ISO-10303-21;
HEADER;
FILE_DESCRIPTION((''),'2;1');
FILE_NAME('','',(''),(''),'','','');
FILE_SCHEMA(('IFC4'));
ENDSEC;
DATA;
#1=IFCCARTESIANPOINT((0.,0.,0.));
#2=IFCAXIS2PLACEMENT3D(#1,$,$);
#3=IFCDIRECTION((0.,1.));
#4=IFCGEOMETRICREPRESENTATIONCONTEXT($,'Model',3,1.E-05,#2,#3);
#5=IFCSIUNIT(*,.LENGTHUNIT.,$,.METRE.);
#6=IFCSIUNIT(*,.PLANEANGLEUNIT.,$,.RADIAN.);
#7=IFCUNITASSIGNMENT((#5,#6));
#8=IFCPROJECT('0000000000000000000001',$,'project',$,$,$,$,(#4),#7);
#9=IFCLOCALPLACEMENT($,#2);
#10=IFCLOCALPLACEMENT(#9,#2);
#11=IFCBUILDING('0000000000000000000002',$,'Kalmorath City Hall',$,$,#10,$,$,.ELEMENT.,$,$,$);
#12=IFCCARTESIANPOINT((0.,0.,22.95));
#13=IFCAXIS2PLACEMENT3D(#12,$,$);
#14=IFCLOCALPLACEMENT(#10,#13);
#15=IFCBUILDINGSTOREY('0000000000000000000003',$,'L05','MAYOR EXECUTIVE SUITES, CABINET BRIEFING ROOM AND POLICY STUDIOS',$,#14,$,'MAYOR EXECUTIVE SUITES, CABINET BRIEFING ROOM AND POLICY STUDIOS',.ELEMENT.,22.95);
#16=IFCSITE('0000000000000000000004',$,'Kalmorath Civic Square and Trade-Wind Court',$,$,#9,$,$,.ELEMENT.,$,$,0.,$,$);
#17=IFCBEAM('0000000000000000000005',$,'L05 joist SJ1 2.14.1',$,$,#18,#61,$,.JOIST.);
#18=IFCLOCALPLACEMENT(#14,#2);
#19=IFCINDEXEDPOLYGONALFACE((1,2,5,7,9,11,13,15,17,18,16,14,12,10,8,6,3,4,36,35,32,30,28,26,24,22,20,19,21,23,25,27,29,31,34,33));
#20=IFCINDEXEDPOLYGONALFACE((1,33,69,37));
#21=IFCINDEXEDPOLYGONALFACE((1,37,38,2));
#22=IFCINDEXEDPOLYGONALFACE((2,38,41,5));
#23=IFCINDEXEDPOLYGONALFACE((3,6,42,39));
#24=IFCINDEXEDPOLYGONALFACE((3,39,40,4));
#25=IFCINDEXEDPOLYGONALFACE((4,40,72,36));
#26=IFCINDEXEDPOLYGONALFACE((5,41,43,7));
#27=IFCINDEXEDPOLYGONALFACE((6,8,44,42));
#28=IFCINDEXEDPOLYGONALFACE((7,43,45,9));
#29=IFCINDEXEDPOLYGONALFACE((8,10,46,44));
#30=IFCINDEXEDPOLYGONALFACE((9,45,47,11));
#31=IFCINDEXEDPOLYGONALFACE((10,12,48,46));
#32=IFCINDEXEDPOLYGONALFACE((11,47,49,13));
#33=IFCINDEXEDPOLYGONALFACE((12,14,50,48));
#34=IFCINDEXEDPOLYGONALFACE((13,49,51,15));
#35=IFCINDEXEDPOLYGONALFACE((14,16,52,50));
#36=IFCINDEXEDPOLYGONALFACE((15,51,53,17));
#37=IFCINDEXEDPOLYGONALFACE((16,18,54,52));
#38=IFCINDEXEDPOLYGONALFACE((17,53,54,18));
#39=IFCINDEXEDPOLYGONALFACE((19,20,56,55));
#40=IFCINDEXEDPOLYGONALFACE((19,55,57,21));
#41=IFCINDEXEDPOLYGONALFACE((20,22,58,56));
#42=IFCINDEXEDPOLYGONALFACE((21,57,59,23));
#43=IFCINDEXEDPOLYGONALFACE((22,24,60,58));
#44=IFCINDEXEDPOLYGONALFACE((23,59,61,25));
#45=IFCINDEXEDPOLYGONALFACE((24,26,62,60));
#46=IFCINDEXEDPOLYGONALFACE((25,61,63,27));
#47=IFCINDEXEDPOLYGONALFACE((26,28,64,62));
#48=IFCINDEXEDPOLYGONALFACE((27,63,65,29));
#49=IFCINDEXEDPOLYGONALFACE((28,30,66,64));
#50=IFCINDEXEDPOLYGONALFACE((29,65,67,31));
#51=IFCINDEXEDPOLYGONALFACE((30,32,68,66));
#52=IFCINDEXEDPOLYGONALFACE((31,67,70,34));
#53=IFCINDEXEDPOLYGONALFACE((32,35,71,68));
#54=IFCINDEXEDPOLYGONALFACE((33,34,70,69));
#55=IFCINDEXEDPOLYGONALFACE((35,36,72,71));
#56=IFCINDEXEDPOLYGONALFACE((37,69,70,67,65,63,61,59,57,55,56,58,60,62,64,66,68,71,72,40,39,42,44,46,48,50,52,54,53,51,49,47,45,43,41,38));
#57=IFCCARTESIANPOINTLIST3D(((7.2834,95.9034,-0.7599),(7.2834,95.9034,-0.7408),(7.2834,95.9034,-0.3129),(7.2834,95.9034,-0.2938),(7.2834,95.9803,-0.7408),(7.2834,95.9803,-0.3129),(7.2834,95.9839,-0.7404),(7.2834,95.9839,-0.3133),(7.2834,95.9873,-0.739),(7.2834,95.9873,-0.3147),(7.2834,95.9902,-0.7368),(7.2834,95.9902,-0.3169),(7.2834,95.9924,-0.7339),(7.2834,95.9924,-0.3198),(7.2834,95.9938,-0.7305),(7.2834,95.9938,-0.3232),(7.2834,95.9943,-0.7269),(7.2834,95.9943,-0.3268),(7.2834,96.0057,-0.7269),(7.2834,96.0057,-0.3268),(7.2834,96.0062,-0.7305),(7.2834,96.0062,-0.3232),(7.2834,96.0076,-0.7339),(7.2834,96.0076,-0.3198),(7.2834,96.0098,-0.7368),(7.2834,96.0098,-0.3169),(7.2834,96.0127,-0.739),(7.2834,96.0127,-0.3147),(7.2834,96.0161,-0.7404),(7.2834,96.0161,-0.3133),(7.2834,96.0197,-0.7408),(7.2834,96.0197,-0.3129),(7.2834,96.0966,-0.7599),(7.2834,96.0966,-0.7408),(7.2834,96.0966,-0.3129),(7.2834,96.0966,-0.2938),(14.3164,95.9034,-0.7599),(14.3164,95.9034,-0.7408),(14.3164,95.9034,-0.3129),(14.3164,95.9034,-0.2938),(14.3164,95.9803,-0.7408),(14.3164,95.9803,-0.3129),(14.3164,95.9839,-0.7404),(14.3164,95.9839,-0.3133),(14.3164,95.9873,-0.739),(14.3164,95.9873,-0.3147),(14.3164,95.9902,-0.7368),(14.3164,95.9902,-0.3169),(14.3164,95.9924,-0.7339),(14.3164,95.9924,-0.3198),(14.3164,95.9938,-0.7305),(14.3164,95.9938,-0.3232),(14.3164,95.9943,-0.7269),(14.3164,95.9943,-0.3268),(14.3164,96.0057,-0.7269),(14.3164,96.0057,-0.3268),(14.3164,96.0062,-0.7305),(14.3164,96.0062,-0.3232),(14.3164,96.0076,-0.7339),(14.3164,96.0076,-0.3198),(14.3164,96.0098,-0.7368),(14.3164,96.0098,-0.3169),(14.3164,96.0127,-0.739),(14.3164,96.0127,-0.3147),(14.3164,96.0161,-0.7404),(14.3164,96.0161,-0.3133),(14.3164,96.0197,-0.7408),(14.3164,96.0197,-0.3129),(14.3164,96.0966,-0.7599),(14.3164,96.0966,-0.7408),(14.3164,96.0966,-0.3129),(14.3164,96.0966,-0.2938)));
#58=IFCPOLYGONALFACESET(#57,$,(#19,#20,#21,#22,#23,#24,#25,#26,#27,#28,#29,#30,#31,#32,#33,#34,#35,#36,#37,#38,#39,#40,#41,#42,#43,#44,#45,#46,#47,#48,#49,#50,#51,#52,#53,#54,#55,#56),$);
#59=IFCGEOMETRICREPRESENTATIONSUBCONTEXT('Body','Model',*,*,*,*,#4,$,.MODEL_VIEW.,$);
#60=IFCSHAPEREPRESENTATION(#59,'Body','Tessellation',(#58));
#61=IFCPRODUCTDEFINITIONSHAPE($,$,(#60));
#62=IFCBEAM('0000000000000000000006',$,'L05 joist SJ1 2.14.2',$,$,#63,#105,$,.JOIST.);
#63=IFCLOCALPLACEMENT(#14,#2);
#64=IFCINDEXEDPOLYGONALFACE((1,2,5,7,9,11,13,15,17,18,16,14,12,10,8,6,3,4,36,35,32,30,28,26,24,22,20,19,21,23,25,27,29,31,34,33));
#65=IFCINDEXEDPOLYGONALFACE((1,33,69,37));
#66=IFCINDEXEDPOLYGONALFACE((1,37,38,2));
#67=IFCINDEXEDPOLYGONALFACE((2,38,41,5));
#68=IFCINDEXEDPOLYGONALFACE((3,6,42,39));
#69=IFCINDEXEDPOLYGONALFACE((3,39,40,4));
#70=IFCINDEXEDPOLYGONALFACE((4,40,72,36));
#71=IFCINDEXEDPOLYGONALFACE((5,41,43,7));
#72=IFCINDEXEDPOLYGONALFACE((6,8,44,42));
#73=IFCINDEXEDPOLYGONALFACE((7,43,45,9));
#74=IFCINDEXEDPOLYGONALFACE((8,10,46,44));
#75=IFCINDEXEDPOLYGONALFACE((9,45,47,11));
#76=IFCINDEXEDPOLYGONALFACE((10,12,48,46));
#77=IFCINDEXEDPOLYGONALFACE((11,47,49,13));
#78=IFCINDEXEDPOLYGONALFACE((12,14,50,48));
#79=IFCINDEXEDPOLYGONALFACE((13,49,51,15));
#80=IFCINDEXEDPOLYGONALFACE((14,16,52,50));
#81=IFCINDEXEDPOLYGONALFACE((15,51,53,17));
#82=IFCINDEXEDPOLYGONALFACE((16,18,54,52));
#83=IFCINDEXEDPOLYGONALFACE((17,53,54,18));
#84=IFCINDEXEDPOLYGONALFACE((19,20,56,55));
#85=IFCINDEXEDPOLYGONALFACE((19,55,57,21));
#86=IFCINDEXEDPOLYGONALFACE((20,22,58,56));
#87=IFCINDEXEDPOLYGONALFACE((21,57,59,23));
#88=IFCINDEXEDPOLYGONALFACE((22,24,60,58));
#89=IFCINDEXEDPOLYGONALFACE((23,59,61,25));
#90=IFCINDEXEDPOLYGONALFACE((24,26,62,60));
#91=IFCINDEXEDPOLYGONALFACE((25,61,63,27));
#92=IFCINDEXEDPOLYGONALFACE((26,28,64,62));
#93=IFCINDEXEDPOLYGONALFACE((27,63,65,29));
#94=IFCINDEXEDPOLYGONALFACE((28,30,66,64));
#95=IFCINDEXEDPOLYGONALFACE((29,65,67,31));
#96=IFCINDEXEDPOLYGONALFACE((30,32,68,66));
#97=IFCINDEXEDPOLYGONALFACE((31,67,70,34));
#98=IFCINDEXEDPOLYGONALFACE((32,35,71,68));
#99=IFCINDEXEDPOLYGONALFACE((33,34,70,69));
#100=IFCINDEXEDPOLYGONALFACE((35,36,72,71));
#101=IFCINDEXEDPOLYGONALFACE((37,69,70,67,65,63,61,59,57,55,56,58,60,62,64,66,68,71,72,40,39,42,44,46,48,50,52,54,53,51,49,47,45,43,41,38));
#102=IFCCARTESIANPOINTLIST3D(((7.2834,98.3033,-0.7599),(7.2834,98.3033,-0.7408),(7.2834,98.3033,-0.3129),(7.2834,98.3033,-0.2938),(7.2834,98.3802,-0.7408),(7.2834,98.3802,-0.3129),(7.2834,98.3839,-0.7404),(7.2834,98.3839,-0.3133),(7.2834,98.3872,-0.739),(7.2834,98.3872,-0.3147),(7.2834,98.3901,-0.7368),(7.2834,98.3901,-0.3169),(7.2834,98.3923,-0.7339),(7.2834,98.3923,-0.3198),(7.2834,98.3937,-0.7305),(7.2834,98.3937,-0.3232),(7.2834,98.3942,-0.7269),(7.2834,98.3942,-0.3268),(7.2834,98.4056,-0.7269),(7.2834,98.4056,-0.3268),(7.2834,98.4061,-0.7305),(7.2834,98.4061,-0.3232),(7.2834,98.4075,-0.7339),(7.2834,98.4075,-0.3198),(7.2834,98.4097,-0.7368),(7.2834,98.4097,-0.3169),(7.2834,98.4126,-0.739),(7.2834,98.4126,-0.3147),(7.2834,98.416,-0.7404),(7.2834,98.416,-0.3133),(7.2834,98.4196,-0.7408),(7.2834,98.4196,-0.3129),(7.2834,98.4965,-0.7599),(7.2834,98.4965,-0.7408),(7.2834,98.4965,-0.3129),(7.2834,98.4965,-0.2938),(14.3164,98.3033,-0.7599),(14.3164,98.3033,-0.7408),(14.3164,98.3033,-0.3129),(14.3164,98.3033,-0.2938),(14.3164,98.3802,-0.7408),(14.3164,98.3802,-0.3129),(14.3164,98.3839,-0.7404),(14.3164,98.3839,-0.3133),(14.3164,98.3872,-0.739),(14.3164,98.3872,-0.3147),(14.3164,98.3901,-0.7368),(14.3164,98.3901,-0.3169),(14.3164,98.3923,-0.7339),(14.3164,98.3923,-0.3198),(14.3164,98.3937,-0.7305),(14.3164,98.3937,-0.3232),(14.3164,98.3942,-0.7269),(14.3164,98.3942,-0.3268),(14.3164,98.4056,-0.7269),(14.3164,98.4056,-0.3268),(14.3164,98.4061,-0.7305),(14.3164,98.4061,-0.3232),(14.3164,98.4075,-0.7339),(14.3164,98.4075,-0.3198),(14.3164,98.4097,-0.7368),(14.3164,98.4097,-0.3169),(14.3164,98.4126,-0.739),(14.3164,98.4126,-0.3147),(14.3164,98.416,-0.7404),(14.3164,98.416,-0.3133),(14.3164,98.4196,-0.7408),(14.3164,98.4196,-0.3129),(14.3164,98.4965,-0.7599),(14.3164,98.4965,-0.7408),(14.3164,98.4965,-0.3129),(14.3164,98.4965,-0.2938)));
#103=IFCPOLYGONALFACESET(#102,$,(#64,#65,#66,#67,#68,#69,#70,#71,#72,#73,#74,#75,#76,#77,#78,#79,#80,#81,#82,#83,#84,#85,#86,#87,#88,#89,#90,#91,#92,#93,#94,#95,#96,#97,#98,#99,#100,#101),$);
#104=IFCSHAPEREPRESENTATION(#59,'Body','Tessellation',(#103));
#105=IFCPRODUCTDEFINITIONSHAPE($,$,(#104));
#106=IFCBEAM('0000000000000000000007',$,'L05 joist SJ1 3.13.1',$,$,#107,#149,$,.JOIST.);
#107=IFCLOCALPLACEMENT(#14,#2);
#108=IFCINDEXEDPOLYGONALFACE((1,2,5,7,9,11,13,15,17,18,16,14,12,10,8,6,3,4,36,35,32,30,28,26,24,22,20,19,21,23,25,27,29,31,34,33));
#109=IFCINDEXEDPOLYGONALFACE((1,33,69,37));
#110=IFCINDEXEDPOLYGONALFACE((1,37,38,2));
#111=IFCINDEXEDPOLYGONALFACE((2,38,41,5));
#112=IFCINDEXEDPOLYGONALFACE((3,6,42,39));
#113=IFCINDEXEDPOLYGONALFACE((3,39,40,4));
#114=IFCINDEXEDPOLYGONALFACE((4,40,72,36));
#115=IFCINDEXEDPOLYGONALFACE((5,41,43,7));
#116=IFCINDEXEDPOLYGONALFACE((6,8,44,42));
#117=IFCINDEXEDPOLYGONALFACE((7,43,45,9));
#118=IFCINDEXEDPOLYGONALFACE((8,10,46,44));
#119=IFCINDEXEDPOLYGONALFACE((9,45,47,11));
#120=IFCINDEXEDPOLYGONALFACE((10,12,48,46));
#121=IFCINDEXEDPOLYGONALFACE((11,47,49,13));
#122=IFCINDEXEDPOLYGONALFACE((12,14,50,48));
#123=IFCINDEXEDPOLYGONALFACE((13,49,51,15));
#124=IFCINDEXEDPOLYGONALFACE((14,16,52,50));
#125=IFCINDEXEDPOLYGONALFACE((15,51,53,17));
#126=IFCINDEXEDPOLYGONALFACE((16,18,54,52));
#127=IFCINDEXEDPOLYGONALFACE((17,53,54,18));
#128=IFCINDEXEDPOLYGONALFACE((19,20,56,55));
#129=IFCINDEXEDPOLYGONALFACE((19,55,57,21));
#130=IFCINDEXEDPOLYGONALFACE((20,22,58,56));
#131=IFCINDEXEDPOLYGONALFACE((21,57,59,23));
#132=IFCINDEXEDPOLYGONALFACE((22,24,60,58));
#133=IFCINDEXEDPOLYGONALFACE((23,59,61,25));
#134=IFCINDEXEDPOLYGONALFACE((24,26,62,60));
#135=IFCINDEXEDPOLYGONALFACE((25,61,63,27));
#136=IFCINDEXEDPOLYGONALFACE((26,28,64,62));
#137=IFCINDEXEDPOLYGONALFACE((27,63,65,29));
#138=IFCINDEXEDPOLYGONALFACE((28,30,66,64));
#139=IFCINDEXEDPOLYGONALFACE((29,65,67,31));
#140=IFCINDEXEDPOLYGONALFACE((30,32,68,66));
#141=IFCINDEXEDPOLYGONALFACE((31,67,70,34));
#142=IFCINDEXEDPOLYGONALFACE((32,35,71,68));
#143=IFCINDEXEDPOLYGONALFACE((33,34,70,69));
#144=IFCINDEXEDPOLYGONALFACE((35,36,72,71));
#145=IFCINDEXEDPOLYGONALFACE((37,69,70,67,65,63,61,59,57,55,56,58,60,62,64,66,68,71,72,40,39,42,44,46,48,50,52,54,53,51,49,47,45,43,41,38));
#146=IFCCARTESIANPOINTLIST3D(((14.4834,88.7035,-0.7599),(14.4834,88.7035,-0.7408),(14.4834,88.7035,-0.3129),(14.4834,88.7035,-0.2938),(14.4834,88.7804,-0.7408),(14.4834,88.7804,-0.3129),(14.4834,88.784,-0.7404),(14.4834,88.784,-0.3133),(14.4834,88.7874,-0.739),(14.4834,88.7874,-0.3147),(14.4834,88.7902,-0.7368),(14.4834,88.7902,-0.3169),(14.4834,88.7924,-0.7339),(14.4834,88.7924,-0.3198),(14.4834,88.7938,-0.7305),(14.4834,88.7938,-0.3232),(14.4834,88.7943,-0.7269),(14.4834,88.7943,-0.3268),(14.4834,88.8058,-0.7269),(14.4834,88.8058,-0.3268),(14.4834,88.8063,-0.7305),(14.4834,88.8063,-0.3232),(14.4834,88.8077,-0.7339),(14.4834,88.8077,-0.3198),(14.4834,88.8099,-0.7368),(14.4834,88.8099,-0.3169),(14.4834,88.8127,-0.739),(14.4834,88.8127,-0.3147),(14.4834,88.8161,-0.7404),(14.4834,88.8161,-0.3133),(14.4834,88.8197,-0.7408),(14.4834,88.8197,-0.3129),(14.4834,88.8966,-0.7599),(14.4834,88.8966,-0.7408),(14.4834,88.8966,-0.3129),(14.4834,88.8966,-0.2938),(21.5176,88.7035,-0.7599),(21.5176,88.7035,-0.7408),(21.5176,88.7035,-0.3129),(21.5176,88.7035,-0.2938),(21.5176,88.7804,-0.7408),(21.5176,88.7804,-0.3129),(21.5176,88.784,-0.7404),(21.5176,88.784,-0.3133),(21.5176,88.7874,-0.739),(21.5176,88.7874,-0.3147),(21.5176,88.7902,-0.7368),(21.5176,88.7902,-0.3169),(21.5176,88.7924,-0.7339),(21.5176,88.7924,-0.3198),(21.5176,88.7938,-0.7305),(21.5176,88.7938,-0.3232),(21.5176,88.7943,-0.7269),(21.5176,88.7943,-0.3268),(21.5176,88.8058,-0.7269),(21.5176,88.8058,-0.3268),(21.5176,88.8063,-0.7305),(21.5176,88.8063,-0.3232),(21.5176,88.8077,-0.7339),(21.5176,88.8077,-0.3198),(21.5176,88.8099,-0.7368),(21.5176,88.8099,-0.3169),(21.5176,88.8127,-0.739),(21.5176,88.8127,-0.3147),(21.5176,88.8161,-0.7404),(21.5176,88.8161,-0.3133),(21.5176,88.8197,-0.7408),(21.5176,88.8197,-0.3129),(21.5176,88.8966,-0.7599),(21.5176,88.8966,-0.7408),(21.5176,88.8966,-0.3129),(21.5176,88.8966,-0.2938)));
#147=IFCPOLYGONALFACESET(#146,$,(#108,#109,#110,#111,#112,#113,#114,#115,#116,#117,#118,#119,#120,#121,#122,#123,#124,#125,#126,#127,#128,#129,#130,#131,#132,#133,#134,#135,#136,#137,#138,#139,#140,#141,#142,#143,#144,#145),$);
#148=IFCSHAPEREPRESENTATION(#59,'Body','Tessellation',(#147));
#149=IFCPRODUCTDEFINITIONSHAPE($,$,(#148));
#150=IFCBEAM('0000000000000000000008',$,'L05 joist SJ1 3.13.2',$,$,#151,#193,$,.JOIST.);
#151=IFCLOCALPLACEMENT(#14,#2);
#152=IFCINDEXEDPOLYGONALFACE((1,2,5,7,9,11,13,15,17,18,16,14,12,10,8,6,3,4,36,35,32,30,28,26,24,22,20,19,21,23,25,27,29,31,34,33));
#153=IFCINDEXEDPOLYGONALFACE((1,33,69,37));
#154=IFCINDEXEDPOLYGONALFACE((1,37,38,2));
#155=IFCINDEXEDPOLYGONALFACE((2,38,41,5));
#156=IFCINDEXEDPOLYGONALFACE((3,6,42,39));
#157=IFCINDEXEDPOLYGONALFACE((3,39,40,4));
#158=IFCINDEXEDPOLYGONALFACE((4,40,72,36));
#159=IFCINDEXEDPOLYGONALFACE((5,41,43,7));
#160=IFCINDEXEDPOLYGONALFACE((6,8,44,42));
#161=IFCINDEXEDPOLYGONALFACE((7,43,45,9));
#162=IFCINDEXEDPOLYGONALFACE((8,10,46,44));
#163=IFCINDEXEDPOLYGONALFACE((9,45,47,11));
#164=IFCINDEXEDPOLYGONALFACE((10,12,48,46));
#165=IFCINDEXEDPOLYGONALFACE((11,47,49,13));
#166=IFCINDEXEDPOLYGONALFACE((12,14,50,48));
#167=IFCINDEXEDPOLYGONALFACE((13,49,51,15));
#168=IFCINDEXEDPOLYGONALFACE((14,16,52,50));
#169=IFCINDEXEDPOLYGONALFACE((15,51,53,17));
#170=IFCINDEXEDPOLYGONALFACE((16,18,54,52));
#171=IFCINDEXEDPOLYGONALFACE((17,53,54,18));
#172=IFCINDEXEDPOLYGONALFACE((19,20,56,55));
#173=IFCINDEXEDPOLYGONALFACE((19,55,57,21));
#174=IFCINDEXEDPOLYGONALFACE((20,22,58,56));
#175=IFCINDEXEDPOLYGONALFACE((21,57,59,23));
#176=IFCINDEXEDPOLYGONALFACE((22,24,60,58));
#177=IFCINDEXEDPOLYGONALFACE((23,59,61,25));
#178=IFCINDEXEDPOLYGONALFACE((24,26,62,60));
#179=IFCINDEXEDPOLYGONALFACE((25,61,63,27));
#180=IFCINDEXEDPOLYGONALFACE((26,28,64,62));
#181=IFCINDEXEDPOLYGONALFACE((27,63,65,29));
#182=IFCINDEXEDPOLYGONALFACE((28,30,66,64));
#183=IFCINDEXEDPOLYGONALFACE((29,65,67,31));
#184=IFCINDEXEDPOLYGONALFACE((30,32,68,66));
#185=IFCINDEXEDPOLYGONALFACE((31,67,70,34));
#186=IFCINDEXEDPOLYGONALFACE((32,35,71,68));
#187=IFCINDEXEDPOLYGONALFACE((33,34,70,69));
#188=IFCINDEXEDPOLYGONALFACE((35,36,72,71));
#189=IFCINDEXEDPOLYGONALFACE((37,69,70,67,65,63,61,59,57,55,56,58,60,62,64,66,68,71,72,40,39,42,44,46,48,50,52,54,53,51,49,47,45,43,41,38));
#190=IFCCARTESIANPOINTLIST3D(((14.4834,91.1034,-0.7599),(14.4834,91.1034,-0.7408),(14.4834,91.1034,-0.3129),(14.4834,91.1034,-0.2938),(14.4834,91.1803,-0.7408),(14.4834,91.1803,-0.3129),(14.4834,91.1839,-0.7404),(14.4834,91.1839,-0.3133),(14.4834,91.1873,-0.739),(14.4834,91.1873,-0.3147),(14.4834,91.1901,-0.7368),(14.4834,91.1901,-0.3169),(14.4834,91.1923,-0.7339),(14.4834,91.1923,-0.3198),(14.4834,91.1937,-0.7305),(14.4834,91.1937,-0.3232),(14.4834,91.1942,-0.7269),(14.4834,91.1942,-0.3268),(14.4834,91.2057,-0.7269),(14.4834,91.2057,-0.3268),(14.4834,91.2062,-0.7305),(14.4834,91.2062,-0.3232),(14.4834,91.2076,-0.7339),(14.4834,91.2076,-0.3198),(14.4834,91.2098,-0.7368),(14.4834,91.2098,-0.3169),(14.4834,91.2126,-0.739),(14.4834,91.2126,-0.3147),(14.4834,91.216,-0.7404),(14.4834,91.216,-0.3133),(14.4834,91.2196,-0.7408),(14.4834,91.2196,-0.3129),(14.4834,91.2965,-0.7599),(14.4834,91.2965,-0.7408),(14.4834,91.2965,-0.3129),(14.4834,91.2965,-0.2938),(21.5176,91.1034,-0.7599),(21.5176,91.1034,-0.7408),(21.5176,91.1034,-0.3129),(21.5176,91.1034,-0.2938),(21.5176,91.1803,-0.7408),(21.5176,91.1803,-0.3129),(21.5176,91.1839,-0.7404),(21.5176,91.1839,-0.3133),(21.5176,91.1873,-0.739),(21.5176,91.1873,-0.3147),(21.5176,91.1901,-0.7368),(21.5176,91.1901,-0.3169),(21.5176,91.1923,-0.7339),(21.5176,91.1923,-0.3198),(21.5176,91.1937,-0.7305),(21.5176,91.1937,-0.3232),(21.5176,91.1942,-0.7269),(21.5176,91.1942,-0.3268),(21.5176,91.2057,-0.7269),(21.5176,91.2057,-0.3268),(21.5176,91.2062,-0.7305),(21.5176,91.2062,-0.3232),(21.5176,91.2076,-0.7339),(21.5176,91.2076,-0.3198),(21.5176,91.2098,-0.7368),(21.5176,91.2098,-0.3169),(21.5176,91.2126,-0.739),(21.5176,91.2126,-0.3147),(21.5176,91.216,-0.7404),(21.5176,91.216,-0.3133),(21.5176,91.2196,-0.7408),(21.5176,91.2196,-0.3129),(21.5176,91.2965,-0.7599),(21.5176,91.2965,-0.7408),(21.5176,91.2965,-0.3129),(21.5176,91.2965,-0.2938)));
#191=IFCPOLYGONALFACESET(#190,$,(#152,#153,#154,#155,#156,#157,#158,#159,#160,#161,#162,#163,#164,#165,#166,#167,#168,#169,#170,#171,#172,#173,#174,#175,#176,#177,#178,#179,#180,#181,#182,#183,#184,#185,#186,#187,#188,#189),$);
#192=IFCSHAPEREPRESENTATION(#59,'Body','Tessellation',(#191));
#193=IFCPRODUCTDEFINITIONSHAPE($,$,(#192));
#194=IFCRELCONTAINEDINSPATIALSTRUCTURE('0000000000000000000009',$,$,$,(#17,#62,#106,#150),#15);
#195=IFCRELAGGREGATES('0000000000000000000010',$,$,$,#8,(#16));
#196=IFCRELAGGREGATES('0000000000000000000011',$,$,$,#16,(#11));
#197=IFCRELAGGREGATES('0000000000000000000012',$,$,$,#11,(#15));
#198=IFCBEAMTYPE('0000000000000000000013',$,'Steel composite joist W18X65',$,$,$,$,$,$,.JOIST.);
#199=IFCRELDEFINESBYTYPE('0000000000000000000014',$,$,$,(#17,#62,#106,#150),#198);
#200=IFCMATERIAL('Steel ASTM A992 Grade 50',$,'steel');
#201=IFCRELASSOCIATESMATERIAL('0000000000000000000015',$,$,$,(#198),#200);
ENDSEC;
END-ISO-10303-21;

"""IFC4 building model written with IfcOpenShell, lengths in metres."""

from ifc_helpers import new_model, si_unit, direction, frame, origin, origin_2d, place, context, subcontext, project, spatial, i_section, extrude, material, material_profile, profile_set, type_object, element, save


model = new_model("IFC4")

# Units and contexts
model_context = context("Model", 3, precision=1e-05, world=origin(), true_north=direction((0.0, 1.0)))
body_context = subcontext(model_context, "Body", "Model", "MODEL_VIEW")
ifc_project = project(units=[si_unit("LENGTHUNIT", "METRE"), si_unit("PLANEANGLEUNIT", "RADIAN")], contexts=[model_context])

# Site, building, storey
site_placement = place(None, origin())
site = spatial("IfcSite", under=ifc_project, at=site_placement, Name="Kalmorath Civic Square and Trade-Wind Court", CompositionType="ELEMENT", RefElevation=0.0)
building_placement = place(site_placement, origin())
building = spatial("IfcBuilding", under=site, at=building_placement, Name="Kalmorath City Hall", CompositionType="ELEMENT")
storey_placement = place(building_placement, frame((0.0, 0.0, 22.95)))
storey = spatial("IfcBuildingStorey", under=building, at=storey_placement, Name="L05", Description="MAYOR EXECUTIVE SUITES, CABINET BRIEFING ROOM AND POLICY STUDIOS", LongName="MAYOR EXECUTIVE SUITES, CABINET BRIEFING ROOM AND POLICY STUDIOS", CompositionType="ELEMENT", Elevation=22.95)

# Beams
ifc_material_1 = material(Name="Steel ASTM A992 Grade 50", Category="steel")
ifc_material_profile_1 = material_profile(ifc_material_1, i_section(OverallWidth=0.1931, OverallDepth=0.4661, WebThickness=0.0115, FlangeThickness=0.019, FilletRadius=0.0139, at=origin_2d()), Name="W18X65")
ifc_profile_set_1 = profile_set([ifc_material_profile_1], Name="Steel ASTM A992 Grade 50")
beam_type_1 = type_object("IfcBeamType", Name="Steel composite joist W18X65", PredefinedType="JOIST", material=ifc_profile_set_1)
for number, where, z_axis, x_axis, name in (
    (1, (7.2834, 96.0, -0.5269), (1.0, 0.0, 0.0), (0.0, 1.0, 0.0), "L05 joist SJ1 2.14.1"),
    (2, (7.2834, 98.3999, -0.5269), (1.0, 0.0, 0.0), (0.0, 1.0, 0.0), "L05 joist SJ1 2.14.2"),
):
    element("IfcBeam", number, at=place(storey_placement, frame(where, z_axis=z_axis, x_axis=x_axis)), inside=storey, type_object=beam_type_1, Name=name, PredefinedType="JOIST", context=body_context, shape_type="SweptSolid", body=[
        extrude(i_section(OverallWidth=0.1931, OverallDepth=0.4661, WebThickness=0.0115, FlangeThickness=0.019, FilletRadius=0.0139, at=origin_2d()), origin(), (0.0, 0.0, 1.0), 7.033),
    ])
for number, where, z_axis, x_axis, name in (
    (3, (14.4834, 88.8, -0.5269), (1.0, 0.0, 0.0), (0.0, 1.0, 0.0), "L05 joist SJ1 3.13.1"),
    (4, (14.4834, 91.2, -0.5269), (1.0, 0.0, 0.0), (0.0, 1.0, 0.0), "L05 joist SJ1 3.13.2"),
):
    element("IfcBeam", number, at=place(storey_placement, frame(where, z_axis=z_axis, x_axis=x_axis)), inside=storey, type_object=beam_type_1, Name=name, PredefinedType="JOIST", context=body_context, shape_type="SweptSolid", body=[
        extrude(i_section(OverallWidth=0.1931, OverallDepth=0.4661, WebThickness=0.0115, FlangeThickness=0.019, FilletRadius=0.0139, at=origin_2d()), origin(), (0.0, 0.0, 1.0), 7.0342),
    ])

save(model, "model.ifc")
